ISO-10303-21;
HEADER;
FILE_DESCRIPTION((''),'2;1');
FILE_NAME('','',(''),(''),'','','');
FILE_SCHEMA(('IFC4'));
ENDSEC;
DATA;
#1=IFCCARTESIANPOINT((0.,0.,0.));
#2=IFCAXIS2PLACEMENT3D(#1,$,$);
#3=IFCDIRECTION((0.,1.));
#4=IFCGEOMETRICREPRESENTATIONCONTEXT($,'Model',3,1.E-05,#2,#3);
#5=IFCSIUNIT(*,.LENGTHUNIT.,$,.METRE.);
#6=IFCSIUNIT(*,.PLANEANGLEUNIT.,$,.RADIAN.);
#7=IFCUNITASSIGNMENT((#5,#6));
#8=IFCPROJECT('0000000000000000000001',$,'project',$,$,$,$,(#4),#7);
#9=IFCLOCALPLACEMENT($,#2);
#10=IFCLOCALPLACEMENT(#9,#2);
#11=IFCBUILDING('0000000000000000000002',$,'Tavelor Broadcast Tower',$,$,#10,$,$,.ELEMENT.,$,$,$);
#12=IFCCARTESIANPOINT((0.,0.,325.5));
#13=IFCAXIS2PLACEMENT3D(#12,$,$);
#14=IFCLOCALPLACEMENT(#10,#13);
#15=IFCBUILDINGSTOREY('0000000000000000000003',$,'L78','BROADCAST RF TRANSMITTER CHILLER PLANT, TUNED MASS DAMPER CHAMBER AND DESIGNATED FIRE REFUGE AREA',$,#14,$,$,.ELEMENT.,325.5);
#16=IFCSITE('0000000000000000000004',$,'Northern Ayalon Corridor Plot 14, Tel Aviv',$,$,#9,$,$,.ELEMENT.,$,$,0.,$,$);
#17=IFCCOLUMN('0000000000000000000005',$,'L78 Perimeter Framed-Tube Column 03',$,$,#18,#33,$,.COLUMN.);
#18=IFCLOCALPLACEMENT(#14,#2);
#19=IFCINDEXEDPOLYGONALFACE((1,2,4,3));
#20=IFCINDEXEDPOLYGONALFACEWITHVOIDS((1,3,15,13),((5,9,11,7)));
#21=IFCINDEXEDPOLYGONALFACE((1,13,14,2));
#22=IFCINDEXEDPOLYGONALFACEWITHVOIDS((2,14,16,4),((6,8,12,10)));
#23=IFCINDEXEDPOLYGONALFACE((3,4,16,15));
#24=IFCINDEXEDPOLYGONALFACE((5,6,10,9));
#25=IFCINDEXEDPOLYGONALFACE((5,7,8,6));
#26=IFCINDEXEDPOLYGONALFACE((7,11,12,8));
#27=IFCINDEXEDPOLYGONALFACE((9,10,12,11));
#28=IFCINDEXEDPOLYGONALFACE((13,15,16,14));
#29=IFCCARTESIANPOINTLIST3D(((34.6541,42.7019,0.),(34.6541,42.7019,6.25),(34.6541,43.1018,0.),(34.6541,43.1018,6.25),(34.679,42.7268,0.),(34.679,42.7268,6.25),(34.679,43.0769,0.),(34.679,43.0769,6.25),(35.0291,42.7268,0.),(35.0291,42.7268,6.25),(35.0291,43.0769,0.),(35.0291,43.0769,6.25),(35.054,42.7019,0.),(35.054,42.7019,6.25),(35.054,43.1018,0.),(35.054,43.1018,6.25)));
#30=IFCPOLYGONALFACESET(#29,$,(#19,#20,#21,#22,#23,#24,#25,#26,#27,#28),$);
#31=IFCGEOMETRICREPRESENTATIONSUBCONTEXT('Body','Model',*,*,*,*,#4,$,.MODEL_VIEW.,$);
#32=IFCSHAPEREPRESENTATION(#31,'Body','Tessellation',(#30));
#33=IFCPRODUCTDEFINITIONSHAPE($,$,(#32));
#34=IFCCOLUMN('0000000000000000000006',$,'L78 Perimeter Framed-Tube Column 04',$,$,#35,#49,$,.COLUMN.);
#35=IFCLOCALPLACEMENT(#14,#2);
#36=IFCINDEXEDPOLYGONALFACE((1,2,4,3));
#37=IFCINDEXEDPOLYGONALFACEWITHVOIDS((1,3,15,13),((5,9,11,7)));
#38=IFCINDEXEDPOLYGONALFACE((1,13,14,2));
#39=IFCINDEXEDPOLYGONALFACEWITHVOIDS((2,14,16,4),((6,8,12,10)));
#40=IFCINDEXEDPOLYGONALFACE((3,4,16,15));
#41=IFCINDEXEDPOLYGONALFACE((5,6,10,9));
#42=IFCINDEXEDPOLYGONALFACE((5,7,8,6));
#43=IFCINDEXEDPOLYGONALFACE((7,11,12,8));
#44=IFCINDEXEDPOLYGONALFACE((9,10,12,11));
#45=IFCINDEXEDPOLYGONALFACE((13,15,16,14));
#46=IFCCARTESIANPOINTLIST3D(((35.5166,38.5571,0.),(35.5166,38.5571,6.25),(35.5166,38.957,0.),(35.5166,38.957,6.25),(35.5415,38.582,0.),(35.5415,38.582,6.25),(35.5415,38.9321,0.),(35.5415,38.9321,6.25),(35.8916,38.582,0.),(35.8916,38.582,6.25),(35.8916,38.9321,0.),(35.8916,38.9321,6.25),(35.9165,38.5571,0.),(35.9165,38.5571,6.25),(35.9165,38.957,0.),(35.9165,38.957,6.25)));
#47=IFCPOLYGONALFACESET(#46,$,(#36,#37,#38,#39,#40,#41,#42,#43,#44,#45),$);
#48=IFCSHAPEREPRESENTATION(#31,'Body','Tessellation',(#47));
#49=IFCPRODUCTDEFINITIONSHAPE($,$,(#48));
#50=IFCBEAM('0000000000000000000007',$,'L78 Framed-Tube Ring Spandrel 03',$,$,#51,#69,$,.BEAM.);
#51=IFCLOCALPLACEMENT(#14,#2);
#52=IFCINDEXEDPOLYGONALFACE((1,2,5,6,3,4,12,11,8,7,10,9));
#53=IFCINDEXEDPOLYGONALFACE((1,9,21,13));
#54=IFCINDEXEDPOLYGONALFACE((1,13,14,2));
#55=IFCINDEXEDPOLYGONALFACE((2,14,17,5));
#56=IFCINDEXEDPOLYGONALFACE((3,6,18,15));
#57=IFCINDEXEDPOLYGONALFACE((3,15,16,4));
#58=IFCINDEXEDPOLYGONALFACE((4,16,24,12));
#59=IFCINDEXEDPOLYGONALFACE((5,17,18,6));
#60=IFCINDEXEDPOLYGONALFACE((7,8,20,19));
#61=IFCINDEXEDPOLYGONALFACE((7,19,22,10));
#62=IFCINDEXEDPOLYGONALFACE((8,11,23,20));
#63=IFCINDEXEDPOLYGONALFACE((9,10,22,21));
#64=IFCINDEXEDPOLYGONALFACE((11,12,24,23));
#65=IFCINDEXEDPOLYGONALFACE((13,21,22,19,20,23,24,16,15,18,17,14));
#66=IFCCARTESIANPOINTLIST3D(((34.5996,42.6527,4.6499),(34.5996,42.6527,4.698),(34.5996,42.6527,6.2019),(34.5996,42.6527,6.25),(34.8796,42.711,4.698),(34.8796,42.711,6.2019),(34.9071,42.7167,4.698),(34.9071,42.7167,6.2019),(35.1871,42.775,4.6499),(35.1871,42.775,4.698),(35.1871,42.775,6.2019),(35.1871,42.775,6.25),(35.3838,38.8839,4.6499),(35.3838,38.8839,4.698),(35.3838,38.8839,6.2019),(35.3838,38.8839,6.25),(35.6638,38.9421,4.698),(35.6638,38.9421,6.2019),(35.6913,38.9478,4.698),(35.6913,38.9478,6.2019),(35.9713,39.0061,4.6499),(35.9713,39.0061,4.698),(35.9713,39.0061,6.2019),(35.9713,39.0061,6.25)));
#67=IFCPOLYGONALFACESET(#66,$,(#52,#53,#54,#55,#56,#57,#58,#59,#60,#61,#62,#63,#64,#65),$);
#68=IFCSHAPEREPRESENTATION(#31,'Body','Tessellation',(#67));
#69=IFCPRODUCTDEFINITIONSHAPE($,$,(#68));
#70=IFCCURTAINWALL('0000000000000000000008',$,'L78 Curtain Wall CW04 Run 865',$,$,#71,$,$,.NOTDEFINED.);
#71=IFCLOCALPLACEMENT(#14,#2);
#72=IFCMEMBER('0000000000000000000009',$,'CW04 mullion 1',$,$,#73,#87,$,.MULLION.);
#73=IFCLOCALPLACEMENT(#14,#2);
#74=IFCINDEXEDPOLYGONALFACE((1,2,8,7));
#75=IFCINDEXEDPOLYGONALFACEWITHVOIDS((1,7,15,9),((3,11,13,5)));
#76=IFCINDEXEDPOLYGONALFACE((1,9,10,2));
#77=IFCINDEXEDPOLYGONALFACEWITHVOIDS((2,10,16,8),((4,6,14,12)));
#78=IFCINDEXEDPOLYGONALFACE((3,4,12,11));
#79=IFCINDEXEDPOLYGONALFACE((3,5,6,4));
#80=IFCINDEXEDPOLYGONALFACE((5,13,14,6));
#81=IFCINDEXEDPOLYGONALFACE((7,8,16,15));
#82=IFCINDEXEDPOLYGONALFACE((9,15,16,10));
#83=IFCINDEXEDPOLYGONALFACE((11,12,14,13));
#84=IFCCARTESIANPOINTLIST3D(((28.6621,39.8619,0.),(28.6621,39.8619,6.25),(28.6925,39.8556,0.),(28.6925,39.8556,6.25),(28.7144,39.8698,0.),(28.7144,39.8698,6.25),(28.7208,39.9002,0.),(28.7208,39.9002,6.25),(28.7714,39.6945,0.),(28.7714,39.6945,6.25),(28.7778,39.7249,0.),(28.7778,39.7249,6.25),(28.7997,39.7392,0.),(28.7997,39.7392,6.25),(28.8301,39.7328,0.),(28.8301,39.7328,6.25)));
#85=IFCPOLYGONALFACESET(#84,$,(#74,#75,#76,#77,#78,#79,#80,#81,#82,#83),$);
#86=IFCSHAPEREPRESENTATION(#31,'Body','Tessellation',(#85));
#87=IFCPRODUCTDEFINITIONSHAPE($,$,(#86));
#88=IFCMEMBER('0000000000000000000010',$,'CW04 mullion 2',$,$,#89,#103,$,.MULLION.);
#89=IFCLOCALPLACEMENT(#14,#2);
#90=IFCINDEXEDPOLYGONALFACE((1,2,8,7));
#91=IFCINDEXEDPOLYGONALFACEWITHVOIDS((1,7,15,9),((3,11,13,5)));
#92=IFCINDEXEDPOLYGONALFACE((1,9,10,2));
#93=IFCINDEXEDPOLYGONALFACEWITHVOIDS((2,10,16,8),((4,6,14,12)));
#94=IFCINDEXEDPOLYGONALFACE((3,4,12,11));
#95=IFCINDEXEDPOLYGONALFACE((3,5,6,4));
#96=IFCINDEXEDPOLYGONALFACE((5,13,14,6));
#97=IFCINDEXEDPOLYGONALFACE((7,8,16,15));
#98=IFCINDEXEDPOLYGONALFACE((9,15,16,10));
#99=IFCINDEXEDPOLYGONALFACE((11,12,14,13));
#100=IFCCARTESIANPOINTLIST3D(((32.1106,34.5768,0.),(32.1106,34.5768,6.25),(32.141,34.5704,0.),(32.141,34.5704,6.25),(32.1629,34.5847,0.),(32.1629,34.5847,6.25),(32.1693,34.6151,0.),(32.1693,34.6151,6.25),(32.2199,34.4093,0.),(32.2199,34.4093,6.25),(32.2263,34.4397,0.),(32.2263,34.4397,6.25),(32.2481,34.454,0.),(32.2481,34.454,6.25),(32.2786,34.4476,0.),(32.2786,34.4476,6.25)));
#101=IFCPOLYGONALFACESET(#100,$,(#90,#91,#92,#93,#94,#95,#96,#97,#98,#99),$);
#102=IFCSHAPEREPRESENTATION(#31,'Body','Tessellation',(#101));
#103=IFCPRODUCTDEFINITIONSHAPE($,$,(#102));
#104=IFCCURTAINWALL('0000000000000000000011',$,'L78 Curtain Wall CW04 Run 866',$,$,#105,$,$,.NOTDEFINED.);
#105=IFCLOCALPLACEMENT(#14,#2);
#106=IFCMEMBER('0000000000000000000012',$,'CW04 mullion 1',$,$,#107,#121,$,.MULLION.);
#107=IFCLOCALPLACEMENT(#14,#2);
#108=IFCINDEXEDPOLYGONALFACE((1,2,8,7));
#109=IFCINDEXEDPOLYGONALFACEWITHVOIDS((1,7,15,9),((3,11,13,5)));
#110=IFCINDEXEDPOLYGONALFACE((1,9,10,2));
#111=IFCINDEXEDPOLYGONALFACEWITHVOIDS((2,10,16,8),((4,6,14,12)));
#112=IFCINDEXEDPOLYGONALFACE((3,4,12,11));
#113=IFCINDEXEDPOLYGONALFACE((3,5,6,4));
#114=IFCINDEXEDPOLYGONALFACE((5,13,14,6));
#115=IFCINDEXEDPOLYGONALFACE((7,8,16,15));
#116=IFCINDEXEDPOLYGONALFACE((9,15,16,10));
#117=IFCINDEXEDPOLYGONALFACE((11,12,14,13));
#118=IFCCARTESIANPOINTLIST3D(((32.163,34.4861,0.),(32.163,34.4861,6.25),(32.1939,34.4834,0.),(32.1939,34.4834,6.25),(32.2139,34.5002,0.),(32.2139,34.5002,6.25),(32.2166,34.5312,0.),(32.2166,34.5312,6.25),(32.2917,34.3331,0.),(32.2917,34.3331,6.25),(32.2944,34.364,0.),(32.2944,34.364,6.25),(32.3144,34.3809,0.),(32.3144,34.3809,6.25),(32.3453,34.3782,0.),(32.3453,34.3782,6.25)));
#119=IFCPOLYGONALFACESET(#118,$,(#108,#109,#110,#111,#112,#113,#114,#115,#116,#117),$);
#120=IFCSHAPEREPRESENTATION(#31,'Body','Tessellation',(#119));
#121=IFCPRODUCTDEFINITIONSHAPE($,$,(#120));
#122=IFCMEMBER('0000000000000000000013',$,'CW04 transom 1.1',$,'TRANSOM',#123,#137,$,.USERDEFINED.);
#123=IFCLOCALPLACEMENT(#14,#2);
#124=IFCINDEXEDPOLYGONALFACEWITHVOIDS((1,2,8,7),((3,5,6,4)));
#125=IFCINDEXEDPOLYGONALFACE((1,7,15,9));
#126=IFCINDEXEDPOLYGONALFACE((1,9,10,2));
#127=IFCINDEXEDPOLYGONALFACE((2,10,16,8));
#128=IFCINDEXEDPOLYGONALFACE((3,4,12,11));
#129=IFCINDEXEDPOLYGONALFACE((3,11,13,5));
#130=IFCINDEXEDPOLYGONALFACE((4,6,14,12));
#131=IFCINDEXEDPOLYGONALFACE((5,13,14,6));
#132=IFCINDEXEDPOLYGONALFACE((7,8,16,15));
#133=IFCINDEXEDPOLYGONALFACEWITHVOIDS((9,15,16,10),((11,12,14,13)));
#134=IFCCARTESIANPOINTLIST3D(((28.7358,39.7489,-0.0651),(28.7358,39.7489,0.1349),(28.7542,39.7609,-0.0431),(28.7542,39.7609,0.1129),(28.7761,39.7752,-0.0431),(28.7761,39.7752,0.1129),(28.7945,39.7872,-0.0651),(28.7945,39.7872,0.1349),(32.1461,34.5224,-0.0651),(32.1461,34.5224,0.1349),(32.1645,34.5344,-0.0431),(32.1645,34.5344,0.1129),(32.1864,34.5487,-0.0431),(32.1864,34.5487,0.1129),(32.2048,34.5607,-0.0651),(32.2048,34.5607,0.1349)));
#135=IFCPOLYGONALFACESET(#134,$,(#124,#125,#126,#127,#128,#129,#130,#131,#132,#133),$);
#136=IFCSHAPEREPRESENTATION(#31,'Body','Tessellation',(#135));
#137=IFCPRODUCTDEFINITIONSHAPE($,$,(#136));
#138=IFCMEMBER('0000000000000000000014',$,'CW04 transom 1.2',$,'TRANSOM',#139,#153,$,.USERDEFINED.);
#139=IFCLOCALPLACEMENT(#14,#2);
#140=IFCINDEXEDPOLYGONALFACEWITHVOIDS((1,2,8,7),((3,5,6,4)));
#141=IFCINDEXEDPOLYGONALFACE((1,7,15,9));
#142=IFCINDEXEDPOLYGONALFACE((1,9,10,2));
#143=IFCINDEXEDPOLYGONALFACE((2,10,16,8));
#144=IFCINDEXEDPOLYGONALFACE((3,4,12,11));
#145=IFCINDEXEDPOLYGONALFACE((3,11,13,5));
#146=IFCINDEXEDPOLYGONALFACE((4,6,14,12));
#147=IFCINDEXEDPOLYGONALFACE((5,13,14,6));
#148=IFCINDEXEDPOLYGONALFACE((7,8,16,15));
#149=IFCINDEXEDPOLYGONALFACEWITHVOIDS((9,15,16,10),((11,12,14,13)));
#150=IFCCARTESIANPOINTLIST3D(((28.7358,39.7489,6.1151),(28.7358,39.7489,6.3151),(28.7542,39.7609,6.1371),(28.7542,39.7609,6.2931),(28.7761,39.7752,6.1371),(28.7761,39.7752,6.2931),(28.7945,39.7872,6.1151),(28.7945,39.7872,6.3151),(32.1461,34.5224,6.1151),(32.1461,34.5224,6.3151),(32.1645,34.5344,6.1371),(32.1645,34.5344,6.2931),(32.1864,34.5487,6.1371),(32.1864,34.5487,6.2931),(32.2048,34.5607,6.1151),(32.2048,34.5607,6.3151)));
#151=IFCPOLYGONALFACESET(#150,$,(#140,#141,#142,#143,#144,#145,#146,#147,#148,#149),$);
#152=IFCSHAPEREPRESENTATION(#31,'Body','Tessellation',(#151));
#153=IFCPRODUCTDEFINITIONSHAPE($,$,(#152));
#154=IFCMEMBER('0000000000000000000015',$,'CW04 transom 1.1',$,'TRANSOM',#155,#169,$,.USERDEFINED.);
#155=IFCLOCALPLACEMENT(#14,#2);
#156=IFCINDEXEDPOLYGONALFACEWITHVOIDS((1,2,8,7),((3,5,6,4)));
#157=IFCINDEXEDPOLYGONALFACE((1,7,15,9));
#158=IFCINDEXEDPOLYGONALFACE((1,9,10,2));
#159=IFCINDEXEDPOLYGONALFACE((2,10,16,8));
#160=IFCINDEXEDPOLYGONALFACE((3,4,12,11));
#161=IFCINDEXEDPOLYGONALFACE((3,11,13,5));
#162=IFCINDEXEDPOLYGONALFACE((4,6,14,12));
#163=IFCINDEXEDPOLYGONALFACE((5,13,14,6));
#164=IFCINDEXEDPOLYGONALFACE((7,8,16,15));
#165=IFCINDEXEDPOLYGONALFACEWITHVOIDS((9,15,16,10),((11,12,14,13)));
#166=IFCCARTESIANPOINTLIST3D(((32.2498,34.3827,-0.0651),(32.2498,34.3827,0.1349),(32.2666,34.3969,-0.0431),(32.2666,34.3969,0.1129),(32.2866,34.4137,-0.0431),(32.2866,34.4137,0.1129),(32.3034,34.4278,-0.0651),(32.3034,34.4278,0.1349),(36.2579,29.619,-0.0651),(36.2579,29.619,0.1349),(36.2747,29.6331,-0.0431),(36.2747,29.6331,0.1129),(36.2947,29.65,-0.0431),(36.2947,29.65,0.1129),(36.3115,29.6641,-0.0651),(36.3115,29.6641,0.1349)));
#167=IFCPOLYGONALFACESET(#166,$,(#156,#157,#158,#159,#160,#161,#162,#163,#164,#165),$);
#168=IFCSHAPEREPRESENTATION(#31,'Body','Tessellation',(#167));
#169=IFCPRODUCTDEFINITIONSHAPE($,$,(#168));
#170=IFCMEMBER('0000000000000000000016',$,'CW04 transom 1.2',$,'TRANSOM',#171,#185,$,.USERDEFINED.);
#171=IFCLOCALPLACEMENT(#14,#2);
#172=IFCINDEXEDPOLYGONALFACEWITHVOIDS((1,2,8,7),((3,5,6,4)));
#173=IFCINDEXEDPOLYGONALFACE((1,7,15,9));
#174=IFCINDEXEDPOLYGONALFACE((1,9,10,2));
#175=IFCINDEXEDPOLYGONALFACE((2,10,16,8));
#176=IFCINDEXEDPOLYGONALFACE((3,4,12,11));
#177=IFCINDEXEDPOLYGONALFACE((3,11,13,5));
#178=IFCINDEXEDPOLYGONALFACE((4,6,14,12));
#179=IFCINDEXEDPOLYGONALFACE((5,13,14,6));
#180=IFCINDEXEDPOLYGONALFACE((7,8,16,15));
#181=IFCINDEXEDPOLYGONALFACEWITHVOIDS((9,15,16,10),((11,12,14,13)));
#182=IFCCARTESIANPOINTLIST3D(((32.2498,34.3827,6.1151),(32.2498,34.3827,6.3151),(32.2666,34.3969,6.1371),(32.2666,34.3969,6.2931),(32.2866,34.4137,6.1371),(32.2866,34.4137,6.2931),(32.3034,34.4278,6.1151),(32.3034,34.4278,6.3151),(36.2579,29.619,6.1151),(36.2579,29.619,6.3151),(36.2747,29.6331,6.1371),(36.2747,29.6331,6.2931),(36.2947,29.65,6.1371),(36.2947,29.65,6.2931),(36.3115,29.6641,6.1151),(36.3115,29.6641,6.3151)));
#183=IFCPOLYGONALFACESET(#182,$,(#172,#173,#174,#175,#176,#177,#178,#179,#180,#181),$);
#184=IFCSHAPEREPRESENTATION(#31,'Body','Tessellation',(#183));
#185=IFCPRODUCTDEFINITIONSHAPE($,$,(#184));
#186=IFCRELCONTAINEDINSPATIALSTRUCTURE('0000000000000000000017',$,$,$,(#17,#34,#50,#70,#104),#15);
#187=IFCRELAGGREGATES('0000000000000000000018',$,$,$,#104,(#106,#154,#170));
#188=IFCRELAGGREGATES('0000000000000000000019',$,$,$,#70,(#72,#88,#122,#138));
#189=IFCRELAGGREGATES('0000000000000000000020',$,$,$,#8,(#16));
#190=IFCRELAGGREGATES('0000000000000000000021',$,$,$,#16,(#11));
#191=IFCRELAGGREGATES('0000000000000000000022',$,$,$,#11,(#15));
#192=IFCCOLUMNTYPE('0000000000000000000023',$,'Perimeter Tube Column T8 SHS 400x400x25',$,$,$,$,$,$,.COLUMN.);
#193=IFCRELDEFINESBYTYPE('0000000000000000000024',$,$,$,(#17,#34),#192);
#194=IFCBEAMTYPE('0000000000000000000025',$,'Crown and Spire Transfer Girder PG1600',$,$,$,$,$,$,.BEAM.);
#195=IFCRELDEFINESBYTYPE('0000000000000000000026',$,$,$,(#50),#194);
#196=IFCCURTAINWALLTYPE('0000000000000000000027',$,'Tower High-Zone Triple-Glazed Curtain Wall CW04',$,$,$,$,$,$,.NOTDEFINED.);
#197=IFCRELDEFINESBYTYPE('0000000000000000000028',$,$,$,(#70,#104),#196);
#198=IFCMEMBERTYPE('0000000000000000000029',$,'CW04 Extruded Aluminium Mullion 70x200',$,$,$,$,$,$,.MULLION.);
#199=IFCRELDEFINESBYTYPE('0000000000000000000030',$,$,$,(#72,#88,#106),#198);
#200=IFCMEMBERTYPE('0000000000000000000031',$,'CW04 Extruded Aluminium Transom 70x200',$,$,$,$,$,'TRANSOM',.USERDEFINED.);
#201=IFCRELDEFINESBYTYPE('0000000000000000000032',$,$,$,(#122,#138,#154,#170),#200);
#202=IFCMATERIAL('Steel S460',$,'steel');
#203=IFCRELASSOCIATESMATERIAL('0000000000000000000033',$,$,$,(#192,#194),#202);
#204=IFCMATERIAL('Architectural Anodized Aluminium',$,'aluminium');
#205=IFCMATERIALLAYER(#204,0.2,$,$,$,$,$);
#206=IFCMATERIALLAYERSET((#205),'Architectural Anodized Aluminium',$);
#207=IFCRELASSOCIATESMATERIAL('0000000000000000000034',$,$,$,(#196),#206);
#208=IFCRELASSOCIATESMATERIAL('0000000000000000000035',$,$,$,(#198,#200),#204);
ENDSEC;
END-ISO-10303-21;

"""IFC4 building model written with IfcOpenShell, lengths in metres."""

from ifc_helpers import new_model, si_unit, direction, frame, origin, origin_2d, place, context, subcontext, project, spatial, hollow_rectangle, i_section, extrude, source, transform, mapped, material, layer, layer_set, material_profile, profile_set, type_object, type_shapes, element, aggregate, save


model = new_model("IFC4")

# Units and contexts
model_context = context("Model", 3, precision=1e-05, world=origin(), true_north=direction((0.0, 1.0)))
body_context = subcontext(model_context, "Body", "Model", "MODEL_VIEW")
ifc_project = project(units=[si_unit("LENGTHUNIT", "METRE"), si_unit("PLANEANGLEUNIT", "RADIAN")], contexts=[model_context])

# Site, building, storey
site_placement = place(None, origin())
site = spatial("IfcSite", under=ifc_project, at=site_placement, Name="Northern Ayalon Corridor Plot 14, Tel Aviv", CompositionType="ELEMENT", RefElevation=0.0)
building_placement = place(site_placement, origin())
building = spatial("IfcBuilding", under=site, at=building_placement, Name="Tavelor Broadcast Tower", CompositionType="ELEMENT")
storey_placement = place(building_placement, frame((0.0, 0.0, 325.5)))
storey = spatial("IfcBuildingStorey", under=building, at=storey_placement, Name="L78", Description="BROADCAST RF TRANSMITTER CHILLER PLANT, TUNED MASS DAMPER CHAMBER AND DESIGNATED FIRE REFUGE AREA", CompositionType="ELEMENT", Elevation=325.5)

# Columns
ifc_material_1 = material(Name="Steel S460", Category="steel")
ifc_material_profile_1 = material_profile(ifc_material_1, hollow_rectangle(XDim=0.3999, YDim=0.3999, WallThickness=0.0249, at=origin_2d()), Name="SHS 400x400x25")
ifc_profile_set_1 = profile_set([ifc_material_profile_1], Name="Steel S460")
column_type = type_object("IfcColumnType", Name="Perimeter Tube Column T8 SHS 400x400x25", PredefinedType="COLUMN", material=ifc_profile_set_1)
for number, where, z_axis, x_axis, name in (
    (1, (34.854, 42.9019, 0.0), (0.0, 0.0, 1.0), (1.0, 0.0, 0.0), "L78 Perimeter Framed-Tube Column 03"),
    (2, (35.7166, 38.7571, 0.0), (0.0, 0.0, 1.0), (1.0, 0.0, 0.0), "L78 Perimeter Framed-Tube Column 04"),
):
    element("IfcColumn", number, at=place(storey_placement, frame(where, z_axis=z_axis, x_axis=x_axis)), inside=storey, type_object=column_type, Name=name, PredefinedType="COLUMN", context=body_context, shape_type="SweptSolid", body=[
        extrude(hollow_rectangle(XDim=0.3999, YDim=0.3999, WallThickness=0.0249, at=origin_2d()), origin(), (0.0, 0.0, 1.0), 6.25),
    ])

# Beam
ifc_material_profile_2 = material_profile(ifc_material_1, i_section(OverallWidth=0.6001, OverallDepth=1.6001, WebThickness=0.0281, FlangeThickness=0.0481, at=origin_2d()), Name="PG 1600x600")
ifc_profile_set_2 = profile_set([ifc_material_profile_2], Name="Steel S460")
beam_type = type_object("IfcBeamType", Name="Crown and Spire Transfer Girder PG1600", PredefinedType="BEAM", material=ifc_profile_set_2)
beam_placement = place(storey_placement, frame((34.8933, 42.7139, 5.45), z_axis=(0.203709, -0.979032, 0.0), x_axis=(0.979032, 0.203709, 0.0)))
element("IfcBeam", 3, at=beam_placement, inside=storey, type_object=beam_type, Name="L78 Framed-Tube Ring Spandrel 03", PredefinedType="BEAM", context=body_context, shape_type="SweptSolid", body=[
    extrude(i_section(OverallWidth=0.6001, OverallDepth=1.6001, WebThickness=0.0281, FlangeThickness=0.0481, at=origin_2d()), origin(), (0.0, 0.0, 1.0), 3.8496),
])

# Curtain wall, members
ifc_material_2 = material(Name="Architectural Anodized Aluminium", Category="aluminium")
ifc_layer_1 = layer(ifc_material_2, 0.2)
ifc_layer_set_1 = layer_set([ifc_layer_1], Name="Architectural Anodized Aluminium")
curtain_wall_type = type_object("IfcCurtainWallType", Name="Tower High-Zone Triple-Glazed Curtain Wall CW04", PredefinedType="NOTDEFINED", material=ifc_layer_set_1)
curtain_wall_1_placement = place(storey_placement, origin())
curtain_wall_1 = element("IfcCurtainWall", 4, at=curtain_wall_1_placement, inside=storey, type_object=curtain_wall_type, Name="L78 Curtain Wall CW04 Run 865", PredefinedType="NOTDEFINED")
ifc_material_profile_3 = material_profile(ifc_material_2, hollow_rectangle(XDim=0.0701, YDim=0.2, WallThickness=0.022, at=origin_2d()), Name="RHS 70x200x22")
ifc_profile_set_3 = profile_set([ifc_material_profile_3], Name="Architectural Anodized Aluminium")
member_type_1 = type_object("IfcMemberType", Name="CW04 Extruded Aluminium Mullion 70x200", PredefinedType="MULLION", material=ifc_profile_set_3)
shared_shape_1 = source(origin(), body_context, "Body", "SweptSolid", [
    extrude(hollow_rectangle(XDim=0.0701, YDim=0.2, WallThickness=0.022, at=origin_2d()), origin(), (0.0, 0.0, 1.0), 6.25),
])
type_shapes(member_type_1, [shared_shape_1])
member_1_placement = place(storey_placement, frame((28.7461, 39.7974, 0.0), z_axis=(0.0, 0.0, 1.0), x_axis=(0.837486, 0.546459, 0.0)))
member_1 = element("IfcMember", 5, at=member_1_placement, type_object=member_type_1, Name="CW04 mullion 1", PredefinedType="MULLION", context=body_context, shape_type="MappedRepresentation", body=[
    mapped(shared_shape_1, transform((0.0, 0.0, 0.0), scale=1.0)),
])
member_2_placement = place(storey_placement, frame((32.1946, 34.5122, 0.0), z_axis=(0.0, 0.0, 1.0), x_axis=(0.837486, 0.546459, 0.0)))
member_2 = element("IfcMember", 6, at=member_2_placement, type_object=member_type_1, Name="CW04 mullion 2", PredefinedType="MULLION", context=body_context, shape_type="MappedRepresentation", body=[
    mapped(shared_shape_1, transform((0.0, 0.0, 0.0), scale=1.0)),
])

# Curtain wall, member
curtain_wall_2_placement = place(storey_placement, origin())
curtain_wall_2 = element("IfcCurtainWall", 7, at=curtain_wall_2_placement, inside=storey, type_object=curtain_wall_type, Name="L78 Curtain Wall CW04 Run 866", PredefinedType="NOTDEFINED")
member_3_placement = place(storey_placement, frame((32.2542, 34.4321, 0.0), z_axis=(0.0, 0.0, 1.0), x_axis=(0.765198, 0.643795, 0.0)))
member_3 = element("IfcMember", 8, at=member_3_placement, type_object=member_type_1, Name="CW04 mullion 1", PredefinedType="MULLION", context=body_context, shape_type="MappedRepresentation", body=[
    mapped(shared_shape_1, transform((0.0, 0.0, 0.0), scale=1.0)),
])

# Members
ifc_material_profile_4 = material_profile(ifc_material_2, hollow_rectangle(XDim=0.0701, YDim=0.2, WallThickness=0.022, at=origin_2d()), Name="RHS 70x200x22")
ifc_profile_set_4 = profile_set([ifc_material_profile_4], Name="Architectural Anodized Aluminium")
member_type_2 = type_object("IfcMemberType", Name="CW04 Extruded Aluminium Transom 70x200", ElementType="TRANSOM", PredefinedType="USERDEFINED", material=ifc_profile_set_4)
shared_shape_2 = source(origin(), body_context, "Body", "SweptSolid", [
    extrude(hollow_rectangle(XDim=0.0701, YDim=0.2, WallThickness=0.022, at=origin_2d()), origin(), (0.0, 0.0, 1.0), 6.2407),
])
member_4_placement = place(storey_placement, frame((28.7651, 39.7681, 0.0349), z_axis=(0.546467, -0.837481, 0.0), x_axis=(0.837481, 0.546467, 0.0)))
member_4 = element("IfcMember", 9, at=member_4_placement, type_object=member_type_2, Name="CW04 transom 1.1", ObjectType="TRANSOM", PredefinedType="USERDEFINED", context=body_context, shape_type="MappedRepresentation", body=[
    mapped(shared_shape_2, transform((0.0, 0.0, 0.0), scale=1.0)),
])
member_5_placement = place(storey_placement, frame((28.7651, 39.7681, 6.2151), z_axis=(0.546467, -0.837481, 0.0), x_axis=(0.837481, 0.546467, 0.0)))
member_5 = element("IfcMember", 10, at=member_5_placement, type_object=member_type_2, Name="CW04 transom 1.2", ObjectType="TRANSOM", PredefinedType="USERDEFINED", context=body_context, shape_type="MappedRepresentation", body=[
    mapped(shared_shape_2, transform((0.0, 0.0, 0.0), scale=1.0)),
])
shared_shape_3 = source(origin(), body_context, "Body", "SweptSolid", [
    extrude(hollow_rectangle(XDim=0.0701, YDim=0.2, WallThickness=0.022, at=origin_2d()), origin(), (0.0, 0.0, 1.0), 6.2256),
])
type_shapes(member_type_2, [shared_shape_2, shared_shape_3])
member_6_placement = place(storey_placement, frame((32.2766, 34.4053, 0.0349), z_axis=(0.643811, -0.765185, 0.0), x_axis=(0.765185, 0.643811, 0.0)))
member_6 = element("IfcMember", 11, at=member_6_placement, type_object=member_type_2, Name="CW04 transom 1.1", ObjectType="TRANSOM", PredefinedType="USERDEFINED", context=body_context, shape_type="MappedRepresentation", body=[
    mapped(shared_shape_3, transform((0.0, 0.0, 0.0), scale=1.0)),
])
member_7_placement = place(storey_placement, frame((32.2766, 34.4053, 6.2151), z_axis=(0.643811, -0.765185, 0.0), x_axis=(0.765185, 0.643811, 0.0)))
member_7 = element("IfcMember", 12, at=member_7_placement, type_object=member_type_2, Name="CW04 transom 1.2", ObjectType="TRANSOM", PredefinedType="USERDEFINED", context=body_context, shape_type="MappedRepresentation", body=[
    mapped(shared_shape_3, transform((0.0, 0.0, 0.0), scale=1.0)),
])
aggregate(curtain_wall_2, [member_3, member_6, member_7])

aggregate(curtain_wall_1, [member_1, member_2, member_4, member_5])

save(model, "model.ifc")
